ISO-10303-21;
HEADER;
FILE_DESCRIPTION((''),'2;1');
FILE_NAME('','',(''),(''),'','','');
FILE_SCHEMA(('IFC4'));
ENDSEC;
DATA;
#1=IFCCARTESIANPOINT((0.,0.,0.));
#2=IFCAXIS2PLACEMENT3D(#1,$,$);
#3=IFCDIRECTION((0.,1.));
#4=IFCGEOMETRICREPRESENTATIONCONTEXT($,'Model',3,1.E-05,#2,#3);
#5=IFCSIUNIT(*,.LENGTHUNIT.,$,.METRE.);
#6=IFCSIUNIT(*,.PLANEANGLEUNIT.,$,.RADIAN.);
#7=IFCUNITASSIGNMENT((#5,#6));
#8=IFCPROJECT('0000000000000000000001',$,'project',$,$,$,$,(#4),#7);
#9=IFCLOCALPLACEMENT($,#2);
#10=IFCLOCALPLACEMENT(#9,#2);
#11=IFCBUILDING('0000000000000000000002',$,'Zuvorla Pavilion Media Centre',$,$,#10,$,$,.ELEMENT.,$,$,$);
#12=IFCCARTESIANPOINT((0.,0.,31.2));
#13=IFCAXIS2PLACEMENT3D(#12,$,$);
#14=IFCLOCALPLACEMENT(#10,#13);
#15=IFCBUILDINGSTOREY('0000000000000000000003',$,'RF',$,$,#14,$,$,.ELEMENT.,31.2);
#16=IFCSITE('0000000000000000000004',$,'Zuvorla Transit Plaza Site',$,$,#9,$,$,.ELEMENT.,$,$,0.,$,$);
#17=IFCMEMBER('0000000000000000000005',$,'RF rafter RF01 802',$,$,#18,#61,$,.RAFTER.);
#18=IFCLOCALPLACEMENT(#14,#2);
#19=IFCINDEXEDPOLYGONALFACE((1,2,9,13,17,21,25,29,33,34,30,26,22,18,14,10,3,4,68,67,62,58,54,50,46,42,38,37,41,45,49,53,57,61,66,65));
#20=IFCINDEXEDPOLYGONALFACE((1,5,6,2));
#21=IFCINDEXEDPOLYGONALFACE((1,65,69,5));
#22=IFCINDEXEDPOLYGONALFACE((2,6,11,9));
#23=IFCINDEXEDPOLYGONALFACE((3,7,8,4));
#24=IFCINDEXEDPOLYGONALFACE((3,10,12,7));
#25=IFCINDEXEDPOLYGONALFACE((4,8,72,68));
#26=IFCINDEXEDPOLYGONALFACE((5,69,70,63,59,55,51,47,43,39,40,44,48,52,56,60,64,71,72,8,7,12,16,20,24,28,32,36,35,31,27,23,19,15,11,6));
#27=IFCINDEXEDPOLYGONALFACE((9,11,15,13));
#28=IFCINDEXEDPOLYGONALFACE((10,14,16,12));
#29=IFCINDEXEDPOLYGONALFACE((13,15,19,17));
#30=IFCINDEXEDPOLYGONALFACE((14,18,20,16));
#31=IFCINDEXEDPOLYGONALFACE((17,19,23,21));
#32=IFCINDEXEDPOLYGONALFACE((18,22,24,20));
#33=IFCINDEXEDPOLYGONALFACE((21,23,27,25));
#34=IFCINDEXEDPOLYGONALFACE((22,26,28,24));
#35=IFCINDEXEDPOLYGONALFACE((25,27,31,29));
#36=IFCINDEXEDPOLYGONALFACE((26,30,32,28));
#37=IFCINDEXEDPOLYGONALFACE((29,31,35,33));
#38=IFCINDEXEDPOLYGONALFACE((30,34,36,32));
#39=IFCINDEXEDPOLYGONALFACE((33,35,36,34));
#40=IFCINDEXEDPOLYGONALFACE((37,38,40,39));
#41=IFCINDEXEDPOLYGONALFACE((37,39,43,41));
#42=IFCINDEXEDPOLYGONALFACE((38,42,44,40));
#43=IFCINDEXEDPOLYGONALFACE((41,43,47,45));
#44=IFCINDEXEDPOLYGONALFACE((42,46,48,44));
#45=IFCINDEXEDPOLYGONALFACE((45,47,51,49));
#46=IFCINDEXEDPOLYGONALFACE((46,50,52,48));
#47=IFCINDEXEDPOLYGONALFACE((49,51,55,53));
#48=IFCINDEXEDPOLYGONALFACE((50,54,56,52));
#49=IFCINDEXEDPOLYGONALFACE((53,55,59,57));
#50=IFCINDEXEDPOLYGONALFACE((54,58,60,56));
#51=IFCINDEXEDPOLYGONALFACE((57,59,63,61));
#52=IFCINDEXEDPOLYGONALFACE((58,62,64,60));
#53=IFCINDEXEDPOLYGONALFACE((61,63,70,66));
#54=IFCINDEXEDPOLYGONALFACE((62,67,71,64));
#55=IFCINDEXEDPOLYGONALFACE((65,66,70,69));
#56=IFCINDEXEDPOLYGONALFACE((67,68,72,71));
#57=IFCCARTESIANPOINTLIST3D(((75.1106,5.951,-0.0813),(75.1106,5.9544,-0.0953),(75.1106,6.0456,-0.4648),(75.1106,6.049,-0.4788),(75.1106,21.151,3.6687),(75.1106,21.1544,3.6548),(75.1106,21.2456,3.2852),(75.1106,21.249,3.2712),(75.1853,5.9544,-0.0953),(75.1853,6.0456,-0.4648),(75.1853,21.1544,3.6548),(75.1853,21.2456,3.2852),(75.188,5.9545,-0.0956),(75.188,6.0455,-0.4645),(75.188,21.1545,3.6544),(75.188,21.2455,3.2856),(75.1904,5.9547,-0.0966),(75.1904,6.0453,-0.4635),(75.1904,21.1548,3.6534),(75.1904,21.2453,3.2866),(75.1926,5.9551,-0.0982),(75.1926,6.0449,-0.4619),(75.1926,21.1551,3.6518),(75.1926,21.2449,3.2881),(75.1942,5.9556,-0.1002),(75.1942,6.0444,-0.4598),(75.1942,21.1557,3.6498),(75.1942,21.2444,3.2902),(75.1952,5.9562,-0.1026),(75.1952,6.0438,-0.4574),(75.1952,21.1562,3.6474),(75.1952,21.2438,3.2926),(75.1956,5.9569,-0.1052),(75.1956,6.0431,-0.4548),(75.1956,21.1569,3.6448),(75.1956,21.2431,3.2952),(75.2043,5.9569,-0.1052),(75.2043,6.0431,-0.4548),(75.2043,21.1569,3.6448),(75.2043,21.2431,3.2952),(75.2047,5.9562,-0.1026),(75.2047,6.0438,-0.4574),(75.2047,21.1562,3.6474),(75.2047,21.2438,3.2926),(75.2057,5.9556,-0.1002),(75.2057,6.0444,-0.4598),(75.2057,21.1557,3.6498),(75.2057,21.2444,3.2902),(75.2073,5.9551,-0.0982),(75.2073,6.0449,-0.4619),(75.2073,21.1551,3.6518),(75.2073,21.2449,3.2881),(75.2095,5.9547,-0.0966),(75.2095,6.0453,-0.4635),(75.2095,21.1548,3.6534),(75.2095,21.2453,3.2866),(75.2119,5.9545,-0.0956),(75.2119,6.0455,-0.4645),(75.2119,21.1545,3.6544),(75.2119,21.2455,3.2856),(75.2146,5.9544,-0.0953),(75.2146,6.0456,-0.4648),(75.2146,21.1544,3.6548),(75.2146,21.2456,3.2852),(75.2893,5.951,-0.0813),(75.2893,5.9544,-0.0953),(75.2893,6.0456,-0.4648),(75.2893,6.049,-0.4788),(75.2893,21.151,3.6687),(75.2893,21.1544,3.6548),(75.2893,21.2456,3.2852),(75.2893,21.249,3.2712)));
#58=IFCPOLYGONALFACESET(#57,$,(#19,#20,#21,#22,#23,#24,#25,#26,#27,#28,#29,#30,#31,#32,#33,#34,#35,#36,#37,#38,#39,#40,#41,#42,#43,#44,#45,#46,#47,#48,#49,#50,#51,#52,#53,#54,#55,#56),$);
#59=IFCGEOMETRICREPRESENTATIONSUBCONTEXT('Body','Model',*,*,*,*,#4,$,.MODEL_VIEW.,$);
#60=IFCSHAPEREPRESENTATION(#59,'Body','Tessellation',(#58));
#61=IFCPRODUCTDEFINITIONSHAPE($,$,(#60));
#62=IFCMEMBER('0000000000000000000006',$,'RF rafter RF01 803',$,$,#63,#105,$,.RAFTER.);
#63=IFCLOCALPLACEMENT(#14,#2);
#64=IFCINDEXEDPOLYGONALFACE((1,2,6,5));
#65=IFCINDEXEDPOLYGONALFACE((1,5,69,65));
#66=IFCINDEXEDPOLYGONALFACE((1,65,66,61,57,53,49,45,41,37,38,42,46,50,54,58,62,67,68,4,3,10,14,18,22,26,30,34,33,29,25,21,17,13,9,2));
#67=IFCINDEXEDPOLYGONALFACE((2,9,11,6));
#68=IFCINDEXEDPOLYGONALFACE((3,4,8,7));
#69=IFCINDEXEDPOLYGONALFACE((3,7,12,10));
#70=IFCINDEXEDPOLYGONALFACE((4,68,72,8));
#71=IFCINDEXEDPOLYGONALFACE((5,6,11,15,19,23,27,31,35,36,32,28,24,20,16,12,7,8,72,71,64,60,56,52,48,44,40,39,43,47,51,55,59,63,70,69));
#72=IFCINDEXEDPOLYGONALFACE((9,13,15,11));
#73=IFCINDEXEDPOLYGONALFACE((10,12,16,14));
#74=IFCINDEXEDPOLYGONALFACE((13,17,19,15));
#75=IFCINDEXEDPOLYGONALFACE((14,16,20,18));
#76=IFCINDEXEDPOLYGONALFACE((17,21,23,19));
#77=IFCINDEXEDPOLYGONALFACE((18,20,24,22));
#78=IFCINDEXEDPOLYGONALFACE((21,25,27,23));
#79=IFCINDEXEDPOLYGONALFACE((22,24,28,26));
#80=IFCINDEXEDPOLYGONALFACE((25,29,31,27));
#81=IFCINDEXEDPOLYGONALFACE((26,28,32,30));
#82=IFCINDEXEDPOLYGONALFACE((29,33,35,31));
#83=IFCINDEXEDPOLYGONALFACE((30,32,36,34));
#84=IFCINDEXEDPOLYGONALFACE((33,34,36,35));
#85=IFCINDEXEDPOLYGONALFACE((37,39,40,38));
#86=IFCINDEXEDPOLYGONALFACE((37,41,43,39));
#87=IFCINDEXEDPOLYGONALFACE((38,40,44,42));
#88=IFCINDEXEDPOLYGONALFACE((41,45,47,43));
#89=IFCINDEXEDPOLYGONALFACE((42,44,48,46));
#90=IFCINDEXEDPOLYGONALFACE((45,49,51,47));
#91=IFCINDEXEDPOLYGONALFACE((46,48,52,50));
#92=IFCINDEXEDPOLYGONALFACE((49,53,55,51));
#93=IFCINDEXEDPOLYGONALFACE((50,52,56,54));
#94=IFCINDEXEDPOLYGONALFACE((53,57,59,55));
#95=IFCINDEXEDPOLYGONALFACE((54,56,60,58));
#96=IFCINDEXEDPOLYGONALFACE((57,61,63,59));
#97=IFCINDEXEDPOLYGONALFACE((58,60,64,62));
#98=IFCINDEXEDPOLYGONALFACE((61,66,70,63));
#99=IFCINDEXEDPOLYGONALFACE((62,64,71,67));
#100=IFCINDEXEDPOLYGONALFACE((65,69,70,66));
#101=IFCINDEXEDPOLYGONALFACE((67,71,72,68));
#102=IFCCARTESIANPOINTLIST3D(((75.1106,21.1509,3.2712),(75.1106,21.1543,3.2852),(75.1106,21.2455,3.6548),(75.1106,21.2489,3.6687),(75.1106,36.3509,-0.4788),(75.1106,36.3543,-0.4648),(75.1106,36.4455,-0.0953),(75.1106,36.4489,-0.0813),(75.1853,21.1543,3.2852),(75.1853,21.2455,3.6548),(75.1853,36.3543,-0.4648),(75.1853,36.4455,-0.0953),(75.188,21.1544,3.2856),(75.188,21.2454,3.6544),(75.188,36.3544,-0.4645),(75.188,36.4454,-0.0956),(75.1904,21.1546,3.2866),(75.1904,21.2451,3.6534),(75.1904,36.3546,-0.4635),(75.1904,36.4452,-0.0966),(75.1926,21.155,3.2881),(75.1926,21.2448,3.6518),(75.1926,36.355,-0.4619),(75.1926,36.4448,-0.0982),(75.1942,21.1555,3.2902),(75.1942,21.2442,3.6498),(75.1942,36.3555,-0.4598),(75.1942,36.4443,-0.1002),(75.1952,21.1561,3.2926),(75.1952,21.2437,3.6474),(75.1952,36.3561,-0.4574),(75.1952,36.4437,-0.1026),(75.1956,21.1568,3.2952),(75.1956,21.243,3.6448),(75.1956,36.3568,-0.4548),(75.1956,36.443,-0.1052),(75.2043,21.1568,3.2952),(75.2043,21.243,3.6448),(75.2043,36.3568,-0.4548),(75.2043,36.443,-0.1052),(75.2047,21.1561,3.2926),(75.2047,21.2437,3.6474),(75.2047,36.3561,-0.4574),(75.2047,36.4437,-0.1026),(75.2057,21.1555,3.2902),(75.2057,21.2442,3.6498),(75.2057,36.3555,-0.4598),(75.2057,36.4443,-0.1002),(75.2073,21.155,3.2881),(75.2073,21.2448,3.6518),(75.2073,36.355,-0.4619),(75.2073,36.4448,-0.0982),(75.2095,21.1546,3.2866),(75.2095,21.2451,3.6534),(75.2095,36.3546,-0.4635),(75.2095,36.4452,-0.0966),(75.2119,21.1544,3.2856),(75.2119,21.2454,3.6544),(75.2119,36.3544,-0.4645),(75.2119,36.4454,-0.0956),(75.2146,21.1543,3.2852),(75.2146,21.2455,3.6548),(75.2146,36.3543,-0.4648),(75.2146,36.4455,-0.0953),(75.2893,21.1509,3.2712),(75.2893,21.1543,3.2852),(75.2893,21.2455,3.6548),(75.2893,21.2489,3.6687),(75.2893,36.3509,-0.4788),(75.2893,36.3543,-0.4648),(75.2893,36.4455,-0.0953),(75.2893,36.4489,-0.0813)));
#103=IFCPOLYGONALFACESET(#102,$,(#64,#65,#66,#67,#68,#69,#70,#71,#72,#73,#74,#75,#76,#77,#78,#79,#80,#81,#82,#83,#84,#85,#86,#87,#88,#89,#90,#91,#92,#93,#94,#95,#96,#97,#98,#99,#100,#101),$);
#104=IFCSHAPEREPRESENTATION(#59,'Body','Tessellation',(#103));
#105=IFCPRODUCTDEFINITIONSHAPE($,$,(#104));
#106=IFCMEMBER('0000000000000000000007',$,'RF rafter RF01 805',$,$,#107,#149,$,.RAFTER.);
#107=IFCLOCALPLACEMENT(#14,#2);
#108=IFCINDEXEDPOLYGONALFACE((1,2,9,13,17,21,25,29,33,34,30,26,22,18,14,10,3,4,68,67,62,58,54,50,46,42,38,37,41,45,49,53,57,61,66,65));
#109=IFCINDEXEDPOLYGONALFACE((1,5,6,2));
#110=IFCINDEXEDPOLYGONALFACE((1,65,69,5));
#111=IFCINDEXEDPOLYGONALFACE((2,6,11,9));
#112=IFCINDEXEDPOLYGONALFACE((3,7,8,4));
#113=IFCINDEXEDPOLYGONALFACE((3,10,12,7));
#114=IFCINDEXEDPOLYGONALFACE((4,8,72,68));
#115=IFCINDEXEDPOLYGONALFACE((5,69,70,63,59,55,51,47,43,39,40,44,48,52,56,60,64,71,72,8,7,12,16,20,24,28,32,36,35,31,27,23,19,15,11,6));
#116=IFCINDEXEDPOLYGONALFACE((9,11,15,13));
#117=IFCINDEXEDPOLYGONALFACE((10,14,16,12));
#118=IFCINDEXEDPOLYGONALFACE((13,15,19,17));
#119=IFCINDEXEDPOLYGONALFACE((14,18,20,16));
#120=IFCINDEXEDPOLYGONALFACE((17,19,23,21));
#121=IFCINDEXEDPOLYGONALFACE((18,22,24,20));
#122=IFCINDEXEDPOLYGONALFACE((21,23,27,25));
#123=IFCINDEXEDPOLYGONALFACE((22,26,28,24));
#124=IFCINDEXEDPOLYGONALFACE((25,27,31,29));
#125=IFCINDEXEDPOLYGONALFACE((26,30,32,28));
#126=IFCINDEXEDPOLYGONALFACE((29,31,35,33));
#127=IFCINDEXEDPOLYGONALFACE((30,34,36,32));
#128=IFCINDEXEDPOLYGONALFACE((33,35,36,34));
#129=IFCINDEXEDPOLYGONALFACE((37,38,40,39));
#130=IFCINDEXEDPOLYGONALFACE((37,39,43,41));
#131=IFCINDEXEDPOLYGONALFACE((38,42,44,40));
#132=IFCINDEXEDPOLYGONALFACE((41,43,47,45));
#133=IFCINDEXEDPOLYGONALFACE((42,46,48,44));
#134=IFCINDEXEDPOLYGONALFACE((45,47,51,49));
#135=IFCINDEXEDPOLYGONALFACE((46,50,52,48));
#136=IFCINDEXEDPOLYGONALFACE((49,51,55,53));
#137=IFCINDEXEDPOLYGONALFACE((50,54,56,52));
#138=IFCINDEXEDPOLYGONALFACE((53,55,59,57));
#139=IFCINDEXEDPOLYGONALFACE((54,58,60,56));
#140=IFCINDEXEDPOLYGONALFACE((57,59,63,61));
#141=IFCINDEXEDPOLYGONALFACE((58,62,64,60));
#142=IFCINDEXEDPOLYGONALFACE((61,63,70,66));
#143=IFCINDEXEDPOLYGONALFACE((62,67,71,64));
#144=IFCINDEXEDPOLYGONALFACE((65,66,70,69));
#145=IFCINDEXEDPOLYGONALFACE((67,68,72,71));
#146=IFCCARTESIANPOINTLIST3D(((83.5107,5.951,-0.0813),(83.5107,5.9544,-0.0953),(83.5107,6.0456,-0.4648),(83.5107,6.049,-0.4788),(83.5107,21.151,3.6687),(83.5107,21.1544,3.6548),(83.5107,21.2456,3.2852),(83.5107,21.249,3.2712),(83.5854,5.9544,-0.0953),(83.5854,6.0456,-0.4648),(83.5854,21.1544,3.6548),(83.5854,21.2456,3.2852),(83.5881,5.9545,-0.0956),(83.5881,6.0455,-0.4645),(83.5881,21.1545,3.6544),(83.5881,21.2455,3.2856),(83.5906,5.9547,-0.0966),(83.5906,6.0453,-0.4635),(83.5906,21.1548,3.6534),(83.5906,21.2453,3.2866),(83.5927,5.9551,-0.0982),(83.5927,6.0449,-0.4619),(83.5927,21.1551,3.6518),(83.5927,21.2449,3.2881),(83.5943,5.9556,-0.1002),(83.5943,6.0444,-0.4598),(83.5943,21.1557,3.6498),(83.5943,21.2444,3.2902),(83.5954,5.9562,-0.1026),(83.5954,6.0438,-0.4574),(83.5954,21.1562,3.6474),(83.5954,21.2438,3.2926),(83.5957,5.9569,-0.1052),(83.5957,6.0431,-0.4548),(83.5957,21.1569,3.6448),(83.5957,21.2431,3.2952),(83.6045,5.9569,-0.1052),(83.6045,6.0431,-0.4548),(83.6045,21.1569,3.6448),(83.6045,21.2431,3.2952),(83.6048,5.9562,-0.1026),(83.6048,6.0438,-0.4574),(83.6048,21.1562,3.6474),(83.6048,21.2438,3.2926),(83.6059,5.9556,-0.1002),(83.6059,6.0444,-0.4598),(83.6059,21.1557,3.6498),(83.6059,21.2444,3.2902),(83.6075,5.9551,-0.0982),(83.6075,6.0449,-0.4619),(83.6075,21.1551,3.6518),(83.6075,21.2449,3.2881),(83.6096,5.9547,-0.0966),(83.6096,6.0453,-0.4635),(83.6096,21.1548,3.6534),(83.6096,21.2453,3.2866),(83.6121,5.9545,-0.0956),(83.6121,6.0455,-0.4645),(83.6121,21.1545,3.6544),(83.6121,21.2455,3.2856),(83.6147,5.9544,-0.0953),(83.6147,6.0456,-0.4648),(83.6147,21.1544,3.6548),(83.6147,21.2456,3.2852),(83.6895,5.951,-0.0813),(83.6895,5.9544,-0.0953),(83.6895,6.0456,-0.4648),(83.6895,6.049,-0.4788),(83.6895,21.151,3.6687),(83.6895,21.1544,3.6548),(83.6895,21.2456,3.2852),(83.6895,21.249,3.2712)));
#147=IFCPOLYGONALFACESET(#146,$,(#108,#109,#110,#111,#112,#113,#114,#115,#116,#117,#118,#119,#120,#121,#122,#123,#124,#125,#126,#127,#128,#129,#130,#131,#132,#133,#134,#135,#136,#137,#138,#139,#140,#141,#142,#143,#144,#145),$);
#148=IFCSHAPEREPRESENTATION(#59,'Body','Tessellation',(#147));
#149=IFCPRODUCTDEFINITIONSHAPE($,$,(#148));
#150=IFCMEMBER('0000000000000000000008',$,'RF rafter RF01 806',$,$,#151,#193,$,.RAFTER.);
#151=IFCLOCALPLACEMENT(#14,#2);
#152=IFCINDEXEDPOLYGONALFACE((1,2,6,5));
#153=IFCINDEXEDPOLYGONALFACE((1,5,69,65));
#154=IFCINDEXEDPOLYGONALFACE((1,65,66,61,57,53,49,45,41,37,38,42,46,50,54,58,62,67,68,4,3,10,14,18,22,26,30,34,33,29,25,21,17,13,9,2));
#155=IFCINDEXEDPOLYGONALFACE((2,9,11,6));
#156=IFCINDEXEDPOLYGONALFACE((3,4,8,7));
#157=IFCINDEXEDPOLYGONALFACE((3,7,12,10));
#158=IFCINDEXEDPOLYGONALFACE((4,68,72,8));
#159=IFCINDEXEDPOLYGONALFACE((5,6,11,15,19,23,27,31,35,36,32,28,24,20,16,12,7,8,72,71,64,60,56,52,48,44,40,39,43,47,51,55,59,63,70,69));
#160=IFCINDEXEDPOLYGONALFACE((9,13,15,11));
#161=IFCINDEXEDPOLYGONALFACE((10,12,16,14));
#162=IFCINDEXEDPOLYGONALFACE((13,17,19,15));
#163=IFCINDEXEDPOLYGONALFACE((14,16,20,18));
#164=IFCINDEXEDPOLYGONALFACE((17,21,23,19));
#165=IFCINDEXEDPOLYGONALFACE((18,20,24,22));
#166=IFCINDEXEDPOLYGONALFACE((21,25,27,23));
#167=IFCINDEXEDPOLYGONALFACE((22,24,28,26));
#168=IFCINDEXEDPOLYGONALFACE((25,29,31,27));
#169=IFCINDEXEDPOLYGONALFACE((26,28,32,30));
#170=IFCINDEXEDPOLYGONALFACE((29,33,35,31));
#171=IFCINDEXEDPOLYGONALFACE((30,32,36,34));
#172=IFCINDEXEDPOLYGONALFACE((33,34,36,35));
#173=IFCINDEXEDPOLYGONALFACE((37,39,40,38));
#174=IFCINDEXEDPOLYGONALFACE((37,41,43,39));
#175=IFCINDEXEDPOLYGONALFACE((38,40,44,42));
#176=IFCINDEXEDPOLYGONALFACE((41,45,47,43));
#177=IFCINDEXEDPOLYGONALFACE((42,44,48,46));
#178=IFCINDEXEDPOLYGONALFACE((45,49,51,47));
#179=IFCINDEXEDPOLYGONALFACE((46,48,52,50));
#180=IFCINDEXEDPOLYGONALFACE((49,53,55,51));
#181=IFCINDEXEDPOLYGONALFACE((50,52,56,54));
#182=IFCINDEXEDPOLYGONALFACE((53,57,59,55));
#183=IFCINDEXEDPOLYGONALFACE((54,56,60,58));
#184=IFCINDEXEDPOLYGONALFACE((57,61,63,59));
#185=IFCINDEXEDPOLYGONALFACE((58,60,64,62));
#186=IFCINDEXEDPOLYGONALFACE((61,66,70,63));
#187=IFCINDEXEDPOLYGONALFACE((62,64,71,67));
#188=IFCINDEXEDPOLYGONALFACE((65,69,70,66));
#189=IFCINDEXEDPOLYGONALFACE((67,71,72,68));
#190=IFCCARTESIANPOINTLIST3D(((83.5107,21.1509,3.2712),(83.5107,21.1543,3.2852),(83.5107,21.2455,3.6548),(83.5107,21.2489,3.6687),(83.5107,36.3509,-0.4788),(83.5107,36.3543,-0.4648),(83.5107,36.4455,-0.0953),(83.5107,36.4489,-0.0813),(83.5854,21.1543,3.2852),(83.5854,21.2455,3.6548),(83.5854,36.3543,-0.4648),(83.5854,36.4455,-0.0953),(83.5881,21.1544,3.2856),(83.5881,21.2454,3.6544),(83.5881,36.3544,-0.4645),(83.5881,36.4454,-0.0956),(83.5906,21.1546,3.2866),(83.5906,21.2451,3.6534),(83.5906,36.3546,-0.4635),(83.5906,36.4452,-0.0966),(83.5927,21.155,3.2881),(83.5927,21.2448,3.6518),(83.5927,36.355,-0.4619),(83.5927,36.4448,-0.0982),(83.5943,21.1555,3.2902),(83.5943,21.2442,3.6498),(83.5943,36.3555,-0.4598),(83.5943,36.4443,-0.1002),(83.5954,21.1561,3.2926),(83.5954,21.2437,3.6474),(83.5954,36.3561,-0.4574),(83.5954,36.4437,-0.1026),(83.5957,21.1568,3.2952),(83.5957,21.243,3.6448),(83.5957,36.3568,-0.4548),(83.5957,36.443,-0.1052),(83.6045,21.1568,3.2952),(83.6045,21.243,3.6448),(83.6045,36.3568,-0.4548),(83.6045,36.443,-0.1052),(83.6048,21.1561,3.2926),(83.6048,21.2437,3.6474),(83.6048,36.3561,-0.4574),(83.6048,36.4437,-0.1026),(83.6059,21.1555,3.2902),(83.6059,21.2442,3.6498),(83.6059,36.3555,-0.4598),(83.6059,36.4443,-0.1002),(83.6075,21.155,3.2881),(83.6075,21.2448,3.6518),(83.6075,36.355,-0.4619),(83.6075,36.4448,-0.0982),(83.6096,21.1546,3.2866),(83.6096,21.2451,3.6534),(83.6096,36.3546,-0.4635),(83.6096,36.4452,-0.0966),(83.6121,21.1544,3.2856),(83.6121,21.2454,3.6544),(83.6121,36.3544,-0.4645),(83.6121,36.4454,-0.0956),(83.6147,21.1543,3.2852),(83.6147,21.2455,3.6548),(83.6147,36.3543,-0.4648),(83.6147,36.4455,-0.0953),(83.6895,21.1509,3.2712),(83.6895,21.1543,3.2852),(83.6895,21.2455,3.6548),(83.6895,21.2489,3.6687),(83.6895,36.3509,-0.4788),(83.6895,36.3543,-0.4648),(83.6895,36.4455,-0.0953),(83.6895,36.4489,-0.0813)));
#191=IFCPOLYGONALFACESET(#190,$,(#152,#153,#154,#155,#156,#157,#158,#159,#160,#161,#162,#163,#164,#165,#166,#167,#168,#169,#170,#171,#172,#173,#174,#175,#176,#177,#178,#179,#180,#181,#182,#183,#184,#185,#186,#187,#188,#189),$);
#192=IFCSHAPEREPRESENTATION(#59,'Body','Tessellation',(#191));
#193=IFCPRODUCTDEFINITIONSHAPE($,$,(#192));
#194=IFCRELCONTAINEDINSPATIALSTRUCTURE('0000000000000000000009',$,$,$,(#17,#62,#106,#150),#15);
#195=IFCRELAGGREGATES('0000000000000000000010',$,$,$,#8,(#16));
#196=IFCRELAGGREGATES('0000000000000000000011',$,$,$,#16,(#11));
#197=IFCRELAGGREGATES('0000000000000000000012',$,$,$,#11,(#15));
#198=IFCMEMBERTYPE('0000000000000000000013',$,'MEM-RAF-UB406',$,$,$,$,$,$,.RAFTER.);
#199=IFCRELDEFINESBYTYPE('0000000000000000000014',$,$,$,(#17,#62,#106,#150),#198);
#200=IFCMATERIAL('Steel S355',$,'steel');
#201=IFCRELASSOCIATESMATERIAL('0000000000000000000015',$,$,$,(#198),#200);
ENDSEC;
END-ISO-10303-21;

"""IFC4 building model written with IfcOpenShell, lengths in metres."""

from ifc_helpers import new_model, si_unit, direction, frame, origin, origin_2d, place, context, subcontext, project, spatial, i_section, extrude, material, material_profile, profile_set, type_object, element, save


model = new_model("IFC4")

# Units and contexts
model_context = context("Model", 3, precision=1e-05, world=origin(), true_north=direction((0.0, 1.0)))
body_context = subcontext(model_context, "Body", "Model", "MODEL_VIEW")
ifc_project = project(units=[si_unit("LENGTHUNIT", "METRE"), si_unit("PLANEANGLEUNIT", "RADIAN")], contexts=[model_context])

# Site, building, storey
site_placement = place(None, origin())
site = spatial("IfcSite", under=ifc_project, at=site_placement, Name="Zuvorla Transit Plaza Site", CompositionType="ELEMENT", RefElevation=0.0)
building_placement = place(site_placement, origin())
building = spatial("IfcBuilding", under=site, at=building_placement, Name="Zuvorla Pavilion Media Centre", CompositionType="ELEMENT")
storey_placement = place(building_placement, frame((0.0, 0.0, 31.2)))
storey = spatial("IfcBuildingStorey", under=building, at=storey_placement, Name="RF", CompositionType="ELEMENT", Elevation=31.2)

# Shared definitions
ifc_material = material(Name="Steel S355", Category="steel")

# Members
ifc_material_profile_1 = material_profile(ifc_material, i_section(OverallWidth=0.1787, OverallDepth=0.4094, WebThickness=0.0088, FlangeThickness=0.0144, FilletRadius=0.0103, at=origin_2d()), Name="UB 406x178x67")
ifc_profile_set_1 = profile_set([ifc_material_profile_1], Name="Steel S355")
member_type_1 = type_object("IfcMemberType", Name="MEM-RAF-UB406", PredefinedType="RAFTER", material=ifc_profile_set_1)
for number, where, z_axis, x_axis, name in (
    (1, (75.2, 6.0, -0.28), (0.0, 0.970889, 0.239529), (-1.0, 0.0, 0.0), "RF rafter RF01 802"),
    (2, (75.2, 36.3999, -0.28), (0.0, -0.970889, 0.239529), (1.0, 0.0, 0.0), "RF rafter RF01 803"),
    (3, (83.6001, 6.0, -0.28), (0.0, 0.970889, 0.239529), (-1.0, 0.0, 0.0), "RF rafter RF01 805"),
    (4, (83.6001, 36.3999, -0.28), (0.0, -0.970889, 0.239529), (1.0, 0.0, 0.0), "RF rafter RF01 806"),
):
    element("IfcMember", number, at=place(storey_placement, frame(where, z_axis=z_axis, x_axis=x_axis)), inside=storey, type_object=member_type_1, Name=name, PredefinedType="RAFTER", context=body_context, shape_type="SweptSolid", body=[
        extrude(i_section(OverallWidth=0.1787, OverallDepth=0.4094, WebThickness=0.0088, FlangeThickness=0.0144, FilletRadius=0.0103, at=origin_2d()), origin(), (0.0, 0.0, 1.0), 15.6558),
    ])

save(model, "model.ifc")
